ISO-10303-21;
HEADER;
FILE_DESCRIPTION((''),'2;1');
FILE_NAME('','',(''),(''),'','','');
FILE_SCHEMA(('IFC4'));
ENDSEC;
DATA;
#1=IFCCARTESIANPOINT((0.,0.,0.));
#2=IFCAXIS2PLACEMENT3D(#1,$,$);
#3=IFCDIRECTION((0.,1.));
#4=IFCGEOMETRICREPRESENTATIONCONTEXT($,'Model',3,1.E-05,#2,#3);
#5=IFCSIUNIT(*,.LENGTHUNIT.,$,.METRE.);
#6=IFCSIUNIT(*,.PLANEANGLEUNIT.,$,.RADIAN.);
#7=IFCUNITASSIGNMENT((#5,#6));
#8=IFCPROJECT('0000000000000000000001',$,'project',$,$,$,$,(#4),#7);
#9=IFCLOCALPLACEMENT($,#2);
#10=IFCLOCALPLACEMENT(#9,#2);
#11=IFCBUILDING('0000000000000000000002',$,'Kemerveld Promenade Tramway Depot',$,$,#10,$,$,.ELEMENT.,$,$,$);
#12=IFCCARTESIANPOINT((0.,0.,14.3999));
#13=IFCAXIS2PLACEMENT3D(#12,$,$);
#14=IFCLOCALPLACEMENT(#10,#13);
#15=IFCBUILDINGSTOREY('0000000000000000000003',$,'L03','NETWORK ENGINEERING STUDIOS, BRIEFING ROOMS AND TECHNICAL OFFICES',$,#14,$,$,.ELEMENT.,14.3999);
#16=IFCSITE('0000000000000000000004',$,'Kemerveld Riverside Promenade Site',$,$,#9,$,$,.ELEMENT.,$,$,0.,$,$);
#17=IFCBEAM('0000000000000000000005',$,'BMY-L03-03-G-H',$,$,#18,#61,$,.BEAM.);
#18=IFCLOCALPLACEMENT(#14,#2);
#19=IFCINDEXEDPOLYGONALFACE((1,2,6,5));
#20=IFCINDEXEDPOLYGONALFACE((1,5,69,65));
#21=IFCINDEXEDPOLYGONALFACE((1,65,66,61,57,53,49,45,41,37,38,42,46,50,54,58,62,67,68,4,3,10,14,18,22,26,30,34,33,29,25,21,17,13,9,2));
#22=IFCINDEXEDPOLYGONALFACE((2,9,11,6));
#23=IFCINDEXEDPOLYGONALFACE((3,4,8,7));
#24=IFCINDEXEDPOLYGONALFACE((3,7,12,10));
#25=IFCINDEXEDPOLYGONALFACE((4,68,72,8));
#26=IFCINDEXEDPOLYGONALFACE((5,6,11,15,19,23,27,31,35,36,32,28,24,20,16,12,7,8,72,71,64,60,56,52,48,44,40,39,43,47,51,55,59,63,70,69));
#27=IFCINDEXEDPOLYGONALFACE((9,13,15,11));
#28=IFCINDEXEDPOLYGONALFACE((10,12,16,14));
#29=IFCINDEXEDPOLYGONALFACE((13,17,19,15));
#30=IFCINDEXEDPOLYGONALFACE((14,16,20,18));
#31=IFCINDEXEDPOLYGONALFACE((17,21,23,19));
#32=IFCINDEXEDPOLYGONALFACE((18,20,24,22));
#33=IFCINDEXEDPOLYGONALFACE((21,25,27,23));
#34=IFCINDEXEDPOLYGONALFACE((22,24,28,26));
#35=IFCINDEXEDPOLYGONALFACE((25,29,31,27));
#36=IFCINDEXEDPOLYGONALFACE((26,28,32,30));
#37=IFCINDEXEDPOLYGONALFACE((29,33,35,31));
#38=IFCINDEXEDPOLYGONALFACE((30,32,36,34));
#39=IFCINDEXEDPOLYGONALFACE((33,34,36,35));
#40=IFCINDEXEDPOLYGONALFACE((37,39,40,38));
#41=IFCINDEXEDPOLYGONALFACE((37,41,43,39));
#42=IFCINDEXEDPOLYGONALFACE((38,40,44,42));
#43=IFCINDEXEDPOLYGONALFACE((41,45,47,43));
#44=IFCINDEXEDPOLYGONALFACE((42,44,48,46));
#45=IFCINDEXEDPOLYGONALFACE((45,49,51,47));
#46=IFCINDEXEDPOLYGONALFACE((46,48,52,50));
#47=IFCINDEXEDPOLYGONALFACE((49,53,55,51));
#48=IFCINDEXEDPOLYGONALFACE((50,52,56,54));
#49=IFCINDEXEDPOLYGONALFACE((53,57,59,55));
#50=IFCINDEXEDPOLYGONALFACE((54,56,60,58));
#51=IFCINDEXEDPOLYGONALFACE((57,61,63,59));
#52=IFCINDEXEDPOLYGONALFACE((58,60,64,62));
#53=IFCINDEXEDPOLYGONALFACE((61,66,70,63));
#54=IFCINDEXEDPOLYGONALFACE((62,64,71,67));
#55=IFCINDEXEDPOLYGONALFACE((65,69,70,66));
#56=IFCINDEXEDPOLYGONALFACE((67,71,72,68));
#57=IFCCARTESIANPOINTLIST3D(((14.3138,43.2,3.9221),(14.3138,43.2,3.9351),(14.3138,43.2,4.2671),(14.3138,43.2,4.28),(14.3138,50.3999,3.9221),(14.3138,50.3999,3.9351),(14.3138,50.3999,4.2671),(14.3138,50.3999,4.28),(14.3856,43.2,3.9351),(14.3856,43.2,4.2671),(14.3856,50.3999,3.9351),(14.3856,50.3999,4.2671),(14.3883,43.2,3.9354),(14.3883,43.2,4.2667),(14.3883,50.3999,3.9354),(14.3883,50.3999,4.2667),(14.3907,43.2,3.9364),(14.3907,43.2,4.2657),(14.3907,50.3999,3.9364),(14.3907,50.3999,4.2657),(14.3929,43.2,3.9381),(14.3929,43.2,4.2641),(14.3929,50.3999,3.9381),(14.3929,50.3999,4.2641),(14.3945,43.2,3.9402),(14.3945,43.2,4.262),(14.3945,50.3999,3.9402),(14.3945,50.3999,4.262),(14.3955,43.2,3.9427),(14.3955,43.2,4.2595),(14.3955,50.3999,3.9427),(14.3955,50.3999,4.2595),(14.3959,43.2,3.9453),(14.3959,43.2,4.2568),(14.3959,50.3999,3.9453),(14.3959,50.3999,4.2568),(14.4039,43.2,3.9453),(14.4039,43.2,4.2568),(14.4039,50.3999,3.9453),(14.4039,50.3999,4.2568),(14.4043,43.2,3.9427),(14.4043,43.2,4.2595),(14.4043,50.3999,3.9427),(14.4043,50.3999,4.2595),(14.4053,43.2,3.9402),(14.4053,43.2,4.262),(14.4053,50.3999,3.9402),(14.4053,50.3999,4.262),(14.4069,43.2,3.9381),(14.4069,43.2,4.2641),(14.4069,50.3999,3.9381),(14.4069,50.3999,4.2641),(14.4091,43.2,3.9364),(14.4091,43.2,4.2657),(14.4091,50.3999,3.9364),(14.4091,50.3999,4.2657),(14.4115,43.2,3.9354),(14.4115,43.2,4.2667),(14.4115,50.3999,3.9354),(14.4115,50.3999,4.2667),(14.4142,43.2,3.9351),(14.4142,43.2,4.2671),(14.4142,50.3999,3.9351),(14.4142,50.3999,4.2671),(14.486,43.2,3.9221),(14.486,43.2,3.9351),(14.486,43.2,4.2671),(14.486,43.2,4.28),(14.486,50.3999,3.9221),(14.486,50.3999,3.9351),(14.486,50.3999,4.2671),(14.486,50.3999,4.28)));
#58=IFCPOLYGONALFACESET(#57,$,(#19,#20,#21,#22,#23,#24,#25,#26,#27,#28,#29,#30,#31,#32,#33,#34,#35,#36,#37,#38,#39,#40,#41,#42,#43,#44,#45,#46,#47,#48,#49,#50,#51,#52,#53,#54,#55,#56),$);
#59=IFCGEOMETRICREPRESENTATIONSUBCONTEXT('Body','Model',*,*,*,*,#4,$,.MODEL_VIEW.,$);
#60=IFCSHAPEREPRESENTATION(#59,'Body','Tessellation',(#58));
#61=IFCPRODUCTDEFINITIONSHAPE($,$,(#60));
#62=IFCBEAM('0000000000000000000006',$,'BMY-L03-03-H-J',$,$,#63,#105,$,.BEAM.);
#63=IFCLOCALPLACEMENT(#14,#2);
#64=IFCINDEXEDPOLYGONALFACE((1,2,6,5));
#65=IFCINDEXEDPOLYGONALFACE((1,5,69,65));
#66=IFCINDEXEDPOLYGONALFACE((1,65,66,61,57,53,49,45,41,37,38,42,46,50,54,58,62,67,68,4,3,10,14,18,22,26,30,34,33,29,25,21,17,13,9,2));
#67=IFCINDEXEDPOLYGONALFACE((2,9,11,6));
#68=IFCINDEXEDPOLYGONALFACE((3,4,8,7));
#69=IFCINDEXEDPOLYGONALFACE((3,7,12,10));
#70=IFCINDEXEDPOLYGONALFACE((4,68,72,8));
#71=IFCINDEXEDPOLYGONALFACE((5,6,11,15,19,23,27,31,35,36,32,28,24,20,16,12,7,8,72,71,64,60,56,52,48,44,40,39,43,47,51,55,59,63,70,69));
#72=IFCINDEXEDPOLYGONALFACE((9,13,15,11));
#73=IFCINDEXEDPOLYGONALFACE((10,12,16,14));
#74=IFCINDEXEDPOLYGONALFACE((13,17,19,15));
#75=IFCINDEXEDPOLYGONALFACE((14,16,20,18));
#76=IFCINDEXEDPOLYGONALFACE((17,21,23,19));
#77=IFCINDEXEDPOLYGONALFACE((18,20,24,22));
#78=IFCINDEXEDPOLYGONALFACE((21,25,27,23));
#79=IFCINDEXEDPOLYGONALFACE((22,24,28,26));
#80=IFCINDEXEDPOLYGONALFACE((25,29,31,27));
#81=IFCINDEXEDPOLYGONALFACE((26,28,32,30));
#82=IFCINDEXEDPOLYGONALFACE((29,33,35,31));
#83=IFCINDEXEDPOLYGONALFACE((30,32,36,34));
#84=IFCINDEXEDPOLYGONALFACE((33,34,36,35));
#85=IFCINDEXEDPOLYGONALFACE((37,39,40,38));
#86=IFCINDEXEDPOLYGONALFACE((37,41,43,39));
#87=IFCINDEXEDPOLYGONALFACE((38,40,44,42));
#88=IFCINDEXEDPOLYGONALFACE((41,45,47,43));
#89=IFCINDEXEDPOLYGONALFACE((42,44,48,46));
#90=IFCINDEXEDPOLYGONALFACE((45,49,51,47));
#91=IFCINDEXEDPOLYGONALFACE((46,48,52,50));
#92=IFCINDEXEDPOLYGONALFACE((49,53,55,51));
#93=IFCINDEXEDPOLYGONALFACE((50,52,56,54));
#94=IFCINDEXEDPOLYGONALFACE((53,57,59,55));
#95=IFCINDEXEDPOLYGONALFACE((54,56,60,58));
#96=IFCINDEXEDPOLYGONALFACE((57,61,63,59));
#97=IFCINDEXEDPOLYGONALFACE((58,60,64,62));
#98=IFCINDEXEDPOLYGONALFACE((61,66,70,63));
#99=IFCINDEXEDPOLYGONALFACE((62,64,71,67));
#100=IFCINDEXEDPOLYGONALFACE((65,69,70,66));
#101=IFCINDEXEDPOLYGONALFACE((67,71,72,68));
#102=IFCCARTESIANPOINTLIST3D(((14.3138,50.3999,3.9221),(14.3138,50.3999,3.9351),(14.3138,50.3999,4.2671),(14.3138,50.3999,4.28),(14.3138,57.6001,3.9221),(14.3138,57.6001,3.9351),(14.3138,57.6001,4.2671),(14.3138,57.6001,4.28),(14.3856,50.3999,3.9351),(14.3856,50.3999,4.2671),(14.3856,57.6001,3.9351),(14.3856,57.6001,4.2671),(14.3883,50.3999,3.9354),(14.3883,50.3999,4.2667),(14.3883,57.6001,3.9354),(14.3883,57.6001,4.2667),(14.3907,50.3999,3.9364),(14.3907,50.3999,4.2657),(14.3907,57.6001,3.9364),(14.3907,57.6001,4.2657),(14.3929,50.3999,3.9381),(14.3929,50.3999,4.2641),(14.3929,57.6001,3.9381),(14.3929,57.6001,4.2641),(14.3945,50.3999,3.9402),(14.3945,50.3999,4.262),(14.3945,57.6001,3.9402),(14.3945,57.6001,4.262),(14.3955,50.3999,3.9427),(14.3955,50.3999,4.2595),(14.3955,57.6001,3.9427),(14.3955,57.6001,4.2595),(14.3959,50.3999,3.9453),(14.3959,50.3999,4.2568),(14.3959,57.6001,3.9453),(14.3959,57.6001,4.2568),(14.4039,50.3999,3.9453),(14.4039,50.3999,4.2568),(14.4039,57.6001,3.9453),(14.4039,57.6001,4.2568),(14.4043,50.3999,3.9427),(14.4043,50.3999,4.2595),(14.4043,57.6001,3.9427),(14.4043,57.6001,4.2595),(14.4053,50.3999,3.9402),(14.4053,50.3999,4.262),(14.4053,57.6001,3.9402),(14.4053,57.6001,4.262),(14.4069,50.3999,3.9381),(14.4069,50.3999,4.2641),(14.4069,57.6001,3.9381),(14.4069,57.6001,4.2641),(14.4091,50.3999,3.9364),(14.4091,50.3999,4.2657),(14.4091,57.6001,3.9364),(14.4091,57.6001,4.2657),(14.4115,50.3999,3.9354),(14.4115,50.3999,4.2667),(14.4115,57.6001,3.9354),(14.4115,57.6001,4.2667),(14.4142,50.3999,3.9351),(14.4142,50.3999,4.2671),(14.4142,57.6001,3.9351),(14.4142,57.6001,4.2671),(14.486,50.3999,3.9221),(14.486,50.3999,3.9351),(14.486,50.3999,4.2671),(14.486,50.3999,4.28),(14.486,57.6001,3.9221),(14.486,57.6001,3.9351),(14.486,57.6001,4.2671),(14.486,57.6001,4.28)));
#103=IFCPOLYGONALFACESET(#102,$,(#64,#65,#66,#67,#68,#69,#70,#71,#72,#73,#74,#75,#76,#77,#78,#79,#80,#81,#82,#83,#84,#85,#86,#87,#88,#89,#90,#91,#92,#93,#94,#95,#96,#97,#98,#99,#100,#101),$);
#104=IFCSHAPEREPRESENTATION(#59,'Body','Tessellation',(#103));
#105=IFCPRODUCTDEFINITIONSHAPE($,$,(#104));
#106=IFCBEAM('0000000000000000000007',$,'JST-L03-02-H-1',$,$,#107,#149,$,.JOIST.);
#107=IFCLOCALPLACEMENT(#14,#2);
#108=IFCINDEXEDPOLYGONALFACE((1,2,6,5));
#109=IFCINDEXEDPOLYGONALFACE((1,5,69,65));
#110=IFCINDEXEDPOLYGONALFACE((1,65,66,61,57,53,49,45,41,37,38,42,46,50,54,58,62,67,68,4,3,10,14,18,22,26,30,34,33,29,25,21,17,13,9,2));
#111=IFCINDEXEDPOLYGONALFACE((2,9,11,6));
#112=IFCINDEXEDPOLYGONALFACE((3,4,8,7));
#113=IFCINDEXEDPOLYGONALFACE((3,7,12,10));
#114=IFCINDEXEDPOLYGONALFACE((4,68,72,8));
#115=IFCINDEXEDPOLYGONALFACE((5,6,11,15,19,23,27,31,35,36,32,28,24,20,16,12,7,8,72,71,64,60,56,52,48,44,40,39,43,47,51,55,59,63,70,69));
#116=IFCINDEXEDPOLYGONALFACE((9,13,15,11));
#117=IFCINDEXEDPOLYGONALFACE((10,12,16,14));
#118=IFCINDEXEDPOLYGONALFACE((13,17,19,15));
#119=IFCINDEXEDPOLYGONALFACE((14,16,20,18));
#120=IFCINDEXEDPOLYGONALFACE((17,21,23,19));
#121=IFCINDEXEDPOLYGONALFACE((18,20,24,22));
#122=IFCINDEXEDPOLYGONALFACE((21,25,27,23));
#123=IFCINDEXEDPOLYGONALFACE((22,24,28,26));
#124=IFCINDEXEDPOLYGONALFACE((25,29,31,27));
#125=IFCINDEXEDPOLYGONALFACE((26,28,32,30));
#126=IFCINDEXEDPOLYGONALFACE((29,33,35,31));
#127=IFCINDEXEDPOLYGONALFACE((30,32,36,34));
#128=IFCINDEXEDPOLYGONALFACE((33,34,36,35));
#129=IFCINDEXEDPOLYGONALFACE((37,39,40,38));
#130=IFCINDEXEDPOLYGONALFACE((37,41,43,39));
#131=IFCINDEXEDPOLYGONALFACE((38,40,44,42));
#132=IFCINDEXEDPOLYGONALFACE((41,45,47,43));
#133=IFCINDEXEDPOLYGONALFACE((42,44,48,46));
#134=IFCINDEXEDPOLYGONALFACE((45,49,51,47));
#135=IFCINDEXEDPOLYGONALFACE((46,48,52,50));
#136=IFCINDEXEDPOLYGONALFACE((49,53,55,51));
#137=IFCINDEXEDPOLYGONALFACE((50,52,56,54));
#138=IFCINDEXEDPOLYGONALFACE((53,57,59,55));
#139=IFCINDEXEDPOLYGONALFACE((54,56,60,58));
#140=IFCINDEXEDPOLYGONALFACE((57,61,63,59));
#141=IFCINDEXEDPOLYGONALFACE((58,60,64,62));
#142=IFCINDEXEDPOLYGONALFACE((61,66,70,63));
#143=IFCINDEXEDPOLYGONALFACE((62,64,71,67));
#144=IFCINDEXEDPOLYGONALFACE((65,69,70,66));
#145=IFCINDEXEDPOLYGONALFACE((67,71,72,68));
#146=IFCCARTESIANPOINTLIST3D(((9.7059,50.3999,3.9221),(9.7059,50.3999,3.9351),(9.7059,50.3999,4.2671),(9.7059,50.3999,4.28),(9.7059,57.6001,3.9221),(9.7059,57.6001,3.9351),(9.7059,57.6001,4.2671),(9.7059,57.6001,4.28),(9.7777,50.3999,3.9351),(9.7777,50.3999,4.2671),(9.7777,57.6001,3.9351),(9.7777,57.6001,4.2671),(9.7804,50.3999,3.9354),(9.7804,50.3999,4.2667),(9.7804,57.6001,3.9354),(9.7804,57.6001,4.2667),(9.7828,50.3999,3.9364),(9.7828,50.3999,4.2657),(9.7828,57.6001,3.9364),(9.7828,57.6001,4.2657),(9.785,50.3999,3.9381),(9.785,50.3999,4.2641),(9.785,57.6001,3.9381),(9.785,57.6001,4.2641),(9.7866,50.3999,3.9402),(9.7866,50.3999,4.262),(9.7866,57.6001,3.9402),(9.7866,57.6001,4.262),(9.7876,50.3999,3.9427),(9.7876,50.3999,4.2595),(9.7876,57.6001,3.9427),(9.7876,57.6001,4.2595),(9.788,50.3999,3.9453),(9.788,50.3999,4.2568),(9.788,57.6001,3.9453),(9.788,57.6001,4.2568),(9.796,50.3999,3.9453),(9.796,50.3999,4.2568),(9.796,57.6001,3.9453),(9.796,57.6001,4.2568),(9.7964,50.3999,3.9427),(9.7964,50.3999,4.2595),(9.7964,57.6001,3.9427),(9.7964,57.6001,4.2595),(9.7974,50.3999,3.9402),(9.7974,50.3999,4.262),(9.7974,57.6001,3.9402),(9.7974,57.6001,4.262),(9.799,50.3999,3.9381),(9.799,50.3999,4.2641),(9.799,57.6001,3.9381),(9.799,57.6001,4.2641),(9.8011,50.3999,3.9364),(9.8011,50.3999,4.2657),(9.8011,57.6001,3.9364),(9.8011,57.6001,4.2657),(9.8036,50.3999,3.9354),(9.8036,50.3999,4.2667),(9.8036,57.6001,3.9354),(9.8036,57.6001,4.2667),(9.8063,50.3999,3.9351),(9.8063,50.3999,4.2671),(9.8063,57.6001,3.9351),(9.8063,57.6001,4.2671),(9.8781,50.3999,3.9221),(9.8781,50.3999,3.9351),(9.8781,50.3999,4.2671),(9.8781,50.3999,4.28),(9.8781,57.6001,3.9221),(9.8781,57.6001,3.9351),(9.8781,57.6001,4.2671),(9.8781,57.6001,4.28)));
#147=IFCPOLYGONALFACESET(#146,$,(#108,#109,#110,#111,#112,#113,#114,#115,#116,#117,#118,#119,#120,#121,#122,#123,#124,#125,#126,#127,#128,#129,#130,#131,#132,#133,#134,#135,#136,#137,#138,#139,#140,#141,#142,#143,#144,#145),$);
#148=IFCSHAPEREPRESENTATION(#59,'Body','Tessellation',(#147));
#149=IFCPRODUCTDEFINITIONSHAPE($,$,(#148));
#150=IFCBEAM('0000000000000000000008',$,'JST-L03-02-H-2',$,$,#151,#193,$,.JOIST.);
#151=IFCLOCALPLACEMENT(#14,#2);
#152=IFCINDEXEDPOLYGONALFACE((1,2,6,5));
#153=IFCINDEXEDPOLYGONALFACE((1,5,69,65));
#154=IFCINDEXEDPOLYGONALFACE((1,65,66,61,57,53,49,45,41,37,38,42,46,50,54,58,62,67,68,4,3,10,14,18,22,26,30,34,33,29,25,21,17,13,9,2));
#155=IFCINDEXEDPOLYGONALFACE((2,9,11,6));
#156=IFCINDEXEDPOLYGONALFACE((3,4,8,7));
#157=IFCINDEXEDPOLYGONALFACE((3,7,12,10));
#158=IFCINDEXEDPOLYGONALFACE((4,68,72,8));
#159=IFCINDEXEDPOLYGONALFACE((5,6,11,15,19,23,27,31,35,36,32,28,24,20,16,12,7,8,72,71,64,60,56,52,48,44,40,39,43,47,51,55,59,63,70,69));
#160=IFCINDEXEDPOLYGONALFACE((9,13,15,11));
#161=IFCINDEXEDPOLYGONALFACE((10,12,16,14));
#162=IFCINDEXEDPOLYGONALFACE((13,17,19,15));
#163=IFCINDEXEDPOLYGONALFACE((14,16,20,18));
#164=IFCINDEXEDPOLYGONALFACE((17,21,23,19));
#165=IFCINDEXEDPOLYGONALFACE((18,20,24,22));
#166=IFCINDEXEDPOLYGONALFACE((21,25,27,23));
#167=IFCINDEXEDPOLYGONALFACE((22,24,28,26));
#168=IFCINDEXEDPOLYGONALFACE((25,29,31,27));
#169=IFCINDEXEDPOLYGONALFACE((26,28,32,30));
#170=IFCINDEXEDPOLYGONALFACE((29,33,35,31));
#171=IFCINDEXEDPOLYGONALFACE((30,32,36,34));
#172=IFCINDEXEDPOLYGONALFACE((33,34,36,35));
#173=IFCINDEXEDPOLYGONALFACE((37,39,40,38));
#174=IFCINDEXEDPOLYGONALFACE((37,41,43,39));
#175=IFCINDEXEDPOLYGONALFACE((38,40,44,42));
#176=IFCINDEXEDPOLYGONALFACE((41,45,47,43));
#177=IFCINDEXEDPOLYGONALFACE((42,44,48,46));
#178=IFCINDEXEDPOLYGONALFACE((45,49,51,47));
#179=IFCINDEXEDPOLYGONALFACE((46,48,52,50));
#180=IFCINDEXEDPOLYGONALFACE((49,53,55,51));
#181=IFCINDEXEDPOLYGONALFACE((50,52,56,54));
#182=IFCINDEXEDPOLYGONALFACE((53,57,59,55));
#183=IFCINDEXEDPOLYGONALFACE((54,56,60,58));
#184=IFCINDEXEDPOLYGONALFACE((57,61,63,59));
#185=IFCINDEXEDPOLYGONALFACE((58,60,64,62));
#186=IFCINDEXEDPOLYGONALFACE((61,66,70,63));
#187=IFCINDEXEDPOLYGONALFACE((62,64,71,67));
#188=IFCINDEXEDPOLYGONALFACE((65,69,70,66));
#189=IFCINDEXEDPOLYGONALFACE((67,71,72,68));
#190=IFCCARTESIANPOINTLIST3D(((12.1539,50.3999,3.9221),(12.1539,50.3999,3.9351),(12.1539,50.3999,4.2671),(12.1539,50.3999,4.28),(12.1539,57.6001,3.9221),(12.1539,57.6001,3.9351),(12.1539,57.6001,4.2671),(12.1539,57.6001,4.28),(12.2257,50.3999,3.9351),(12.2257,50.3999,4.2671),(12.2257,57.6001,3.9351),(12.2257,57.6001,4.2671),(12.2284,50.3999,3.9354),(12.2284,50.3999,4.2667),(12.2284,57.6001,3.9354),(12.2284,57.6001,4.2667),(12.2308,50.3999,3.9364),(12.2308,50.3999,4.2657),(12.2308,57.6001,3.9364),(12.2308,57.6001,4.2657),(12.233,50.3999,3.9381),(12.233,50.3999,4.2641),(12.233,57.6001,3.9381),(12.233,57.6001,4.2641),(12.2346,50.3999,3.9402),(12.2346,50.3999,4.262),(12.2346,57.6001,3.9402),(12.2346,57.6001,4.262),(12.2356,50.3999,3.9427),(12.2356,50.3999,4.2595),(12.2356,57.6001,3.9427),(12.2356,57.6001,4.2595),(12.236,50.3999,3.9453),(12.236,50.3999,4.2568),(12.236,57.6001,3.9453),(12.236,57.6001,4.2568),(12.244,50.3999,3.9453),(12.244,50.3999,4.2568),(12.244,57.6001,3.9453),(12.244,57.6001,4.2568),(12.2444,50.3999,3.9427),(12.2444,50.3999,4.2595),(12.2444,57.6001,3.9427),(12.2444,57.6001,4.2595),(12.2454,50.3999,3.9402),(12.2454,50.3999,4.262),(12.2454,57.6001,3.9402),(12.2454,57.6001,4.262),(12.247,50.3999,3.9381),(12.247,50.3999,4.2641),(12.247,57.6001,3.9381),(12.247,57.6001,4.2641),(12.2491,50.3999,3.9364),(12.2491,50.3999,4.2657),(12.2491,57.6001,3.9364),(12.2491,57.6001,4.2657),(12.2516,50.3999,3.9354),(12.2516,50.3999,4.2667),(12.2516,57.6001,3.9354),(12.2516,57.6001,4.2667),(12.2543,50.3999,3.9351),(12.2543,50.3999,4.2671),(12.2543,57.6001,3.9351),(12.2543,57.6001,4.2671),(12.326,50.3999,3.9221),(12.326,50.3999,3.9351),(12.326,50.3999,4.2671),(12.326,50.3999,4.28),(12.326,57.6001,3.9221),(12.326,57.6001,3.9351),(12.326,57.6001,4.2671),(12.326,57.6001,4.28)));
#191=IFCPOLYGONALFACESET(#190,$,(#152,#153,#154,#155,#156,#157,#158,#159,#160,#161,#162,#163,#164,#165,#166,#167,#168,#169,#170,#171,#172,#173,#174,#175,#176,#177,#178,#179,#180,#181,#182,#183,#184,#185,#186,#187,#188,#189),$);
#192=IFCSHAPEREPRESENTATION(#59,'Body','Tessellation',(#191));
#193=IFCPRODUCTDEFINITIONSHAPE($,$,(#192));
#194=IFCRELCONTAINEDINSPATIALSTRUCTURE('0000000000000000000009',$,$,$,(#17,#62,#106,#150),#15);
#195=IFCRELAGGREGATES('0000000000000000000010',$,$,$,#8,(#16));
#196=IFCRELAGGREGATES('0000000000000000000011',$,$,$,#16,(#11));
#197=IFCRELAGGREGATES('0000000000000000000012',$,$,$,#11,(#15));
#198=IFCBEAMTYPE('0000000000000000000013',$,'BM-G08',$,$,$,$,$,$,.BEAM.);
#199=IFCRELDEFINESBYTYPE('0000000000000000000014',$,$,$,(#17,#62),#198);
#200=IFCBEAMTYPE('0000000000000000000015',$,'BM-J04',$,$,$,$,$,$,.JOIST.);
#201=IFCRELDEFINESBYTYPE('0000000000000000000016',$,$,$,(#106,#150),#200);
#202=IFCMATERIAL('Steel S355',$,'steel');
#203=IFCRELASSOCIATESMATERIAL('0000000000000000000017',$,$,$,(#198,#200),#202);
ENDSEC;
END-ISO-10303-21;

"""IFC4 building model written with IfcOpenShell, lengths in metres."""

from ifc_helpers import new_model, si_unit, direction, frame, origin, origin_2d, place, context, subcontext, project, spatial, i_section, extrude, material, material_profile, profile_set, type_object, element, save


model = new_model("IFC4")

# Units and contexts
model_context = context("Model", 3, precision=1e-05, world=origin(), true_north=direction((0.0, 1.0)))
body_context = subcontext(model_context, "Body", "Model", "MODEL_VIEW")
ifc_project = project(units=[si_unit("LENGTHUNIT", "METRE"), si_unit("PLANEANGLEUNIT", "RADIAN")], contexts=[model_context])

# Site, building, storey
site_placement = place(None, origin())
site = spatial("IfcSite", under=ifc_project, at=site_placement, Name="Kemerveld Riverside Promenade Site", CompositionType="ELEMENT", RefElevation=0.0)
building_placement = place(site_placement, origin())
building = spatial("IfcBuilding", under=site, at=building_placement, Name="Kemerveld Promenade Tramway Depot", CompositionType="ELEMENT")
storey_placement = place(building_placement, frame((0.0, 0.0, 14.3999)))
storey = spatial("IfcBuildingStorey", under=building, at=storey_placement, Name="L03", Description="NETWORK ENGINEERING STUDIOS, BRIEFING ROOMS AND TECHNICAL OFFICES", CompositionType="ELEMENT", Elevation=14.3999)

# Shared definitions
ifc_material_1 = material(Name="Steel S355", Category="steel")

# Beams
ifc_material_profile_1 = material_profile(ifc_material_1, i_section(OverallWidth=0.1721, OverallDepth=0.3579, WebThickness=0.0081, FlangeThickness=0.0129, FilletRadius=0.0103, at=origin_2d()), Name="356x171x57 UB")
ifc_profile_set_1 = profile_set([ifc_material_profile_1], Name="Steel S355")
beam_type_1 = type_object("IfcBeamType", Name="BM-G08", PredefinedType="BEAM", material=ifc_profile_set_1)
beam_1_placement = place(storey_placement, frame((14.3999, 43.2, 4.1011), z_axis=(0.0, 1.0, 0.0), x_axis=(-1.0, 0.0, 0.0)))
element("IfcBeam", 1, at=beam_1_placement, inside=storey, type_object=beam_type_1, Name="BMY-L03-03-G-H", PredefinedType="BEAM", context=body_context, shape_type="SweptSolid", body=[
    extrude(i_section(OverallWidth=0.1721, OverallDepth=0.3579, WebThickness=0.0081, FlangeThickness=0.0129, FilletRadius=0.0103, at=origin_2d()), origin(), (0.0, 0.0, 1.0), 7.2),
])
beam_2_placement = place(storey_placement, frame((14.3999, 50.3999, 4.1011), z_axis=(0.0, 1.0, 0.0), x_axis=(-1.0, 0.0, 0.0)))
element("IfcBeam", 2, at=beam_2_placement, inside=storey, type_object=beam_type_1, Name="BMY-L03-03-H-J", PredefinedType="BEAM", context=body_context, shape_type="SweptSolid", body=[
    extrude(i_section(OverallWidth=0.1721, OverallDepth=0.3579, WebThickness=0.0081, FlangeThickness=0.0129, FilletRadius=0.0103, at=origin_2d()), origin(), (0.0, 0.0, 1.0), 7.2002),
])
ifc_material_profile_2 = material_profile(ifc_material_1, i_section(OverallWidth=0.1721, OverallDepth=0.3579, WebThickness=0.0081, FlangeThickness=0.0129, FilletRadius=0.0103, at=origin_2d()), Name="356x171x57 UB")
ifc_profile_set_2 = profile_set([ifc_material_profile_2], Name="Steel S355")
beam_type_2 = type_object("IfcBeamType", Name="BM-J04", PredefinedType="JOIST", material=ifc_profile_set_2)
for number, where, z_axis, x_axis, name in (
    (3, (9.792, 50.3999, 4.1011), (0.0, 1.0, 0.0), (-1.0, 0.0, 0.0), "JST-L03-02-H-1"),
    (4, (12.24, 50.3999, 4.1011), (0.0, 1.0, 0.0), (-1.0, 0.0, 0.0), "JST-L03-02-H-2"),
):
    element("IfcBeam", number, at=place(storey_placement, frame(where, z_axis=z_axis, x_axis=x_axis)), inside=storey, type_object=beam_type_2, Name=name, PredefinedType="JOIST", context=body_context, shape_type="SweptSolid", body=[
        extrude(i_section(OverallWidth=0.1721, OverallDepth=0.3579, WebThickness=0.0081, FlangeThickness=0.0129, FilletRadius=0.0103, at=origin_2d()), origin(), (0.0, 0.0, 1.0), 7.2002),
    ])

save(model, "model.ifc")
